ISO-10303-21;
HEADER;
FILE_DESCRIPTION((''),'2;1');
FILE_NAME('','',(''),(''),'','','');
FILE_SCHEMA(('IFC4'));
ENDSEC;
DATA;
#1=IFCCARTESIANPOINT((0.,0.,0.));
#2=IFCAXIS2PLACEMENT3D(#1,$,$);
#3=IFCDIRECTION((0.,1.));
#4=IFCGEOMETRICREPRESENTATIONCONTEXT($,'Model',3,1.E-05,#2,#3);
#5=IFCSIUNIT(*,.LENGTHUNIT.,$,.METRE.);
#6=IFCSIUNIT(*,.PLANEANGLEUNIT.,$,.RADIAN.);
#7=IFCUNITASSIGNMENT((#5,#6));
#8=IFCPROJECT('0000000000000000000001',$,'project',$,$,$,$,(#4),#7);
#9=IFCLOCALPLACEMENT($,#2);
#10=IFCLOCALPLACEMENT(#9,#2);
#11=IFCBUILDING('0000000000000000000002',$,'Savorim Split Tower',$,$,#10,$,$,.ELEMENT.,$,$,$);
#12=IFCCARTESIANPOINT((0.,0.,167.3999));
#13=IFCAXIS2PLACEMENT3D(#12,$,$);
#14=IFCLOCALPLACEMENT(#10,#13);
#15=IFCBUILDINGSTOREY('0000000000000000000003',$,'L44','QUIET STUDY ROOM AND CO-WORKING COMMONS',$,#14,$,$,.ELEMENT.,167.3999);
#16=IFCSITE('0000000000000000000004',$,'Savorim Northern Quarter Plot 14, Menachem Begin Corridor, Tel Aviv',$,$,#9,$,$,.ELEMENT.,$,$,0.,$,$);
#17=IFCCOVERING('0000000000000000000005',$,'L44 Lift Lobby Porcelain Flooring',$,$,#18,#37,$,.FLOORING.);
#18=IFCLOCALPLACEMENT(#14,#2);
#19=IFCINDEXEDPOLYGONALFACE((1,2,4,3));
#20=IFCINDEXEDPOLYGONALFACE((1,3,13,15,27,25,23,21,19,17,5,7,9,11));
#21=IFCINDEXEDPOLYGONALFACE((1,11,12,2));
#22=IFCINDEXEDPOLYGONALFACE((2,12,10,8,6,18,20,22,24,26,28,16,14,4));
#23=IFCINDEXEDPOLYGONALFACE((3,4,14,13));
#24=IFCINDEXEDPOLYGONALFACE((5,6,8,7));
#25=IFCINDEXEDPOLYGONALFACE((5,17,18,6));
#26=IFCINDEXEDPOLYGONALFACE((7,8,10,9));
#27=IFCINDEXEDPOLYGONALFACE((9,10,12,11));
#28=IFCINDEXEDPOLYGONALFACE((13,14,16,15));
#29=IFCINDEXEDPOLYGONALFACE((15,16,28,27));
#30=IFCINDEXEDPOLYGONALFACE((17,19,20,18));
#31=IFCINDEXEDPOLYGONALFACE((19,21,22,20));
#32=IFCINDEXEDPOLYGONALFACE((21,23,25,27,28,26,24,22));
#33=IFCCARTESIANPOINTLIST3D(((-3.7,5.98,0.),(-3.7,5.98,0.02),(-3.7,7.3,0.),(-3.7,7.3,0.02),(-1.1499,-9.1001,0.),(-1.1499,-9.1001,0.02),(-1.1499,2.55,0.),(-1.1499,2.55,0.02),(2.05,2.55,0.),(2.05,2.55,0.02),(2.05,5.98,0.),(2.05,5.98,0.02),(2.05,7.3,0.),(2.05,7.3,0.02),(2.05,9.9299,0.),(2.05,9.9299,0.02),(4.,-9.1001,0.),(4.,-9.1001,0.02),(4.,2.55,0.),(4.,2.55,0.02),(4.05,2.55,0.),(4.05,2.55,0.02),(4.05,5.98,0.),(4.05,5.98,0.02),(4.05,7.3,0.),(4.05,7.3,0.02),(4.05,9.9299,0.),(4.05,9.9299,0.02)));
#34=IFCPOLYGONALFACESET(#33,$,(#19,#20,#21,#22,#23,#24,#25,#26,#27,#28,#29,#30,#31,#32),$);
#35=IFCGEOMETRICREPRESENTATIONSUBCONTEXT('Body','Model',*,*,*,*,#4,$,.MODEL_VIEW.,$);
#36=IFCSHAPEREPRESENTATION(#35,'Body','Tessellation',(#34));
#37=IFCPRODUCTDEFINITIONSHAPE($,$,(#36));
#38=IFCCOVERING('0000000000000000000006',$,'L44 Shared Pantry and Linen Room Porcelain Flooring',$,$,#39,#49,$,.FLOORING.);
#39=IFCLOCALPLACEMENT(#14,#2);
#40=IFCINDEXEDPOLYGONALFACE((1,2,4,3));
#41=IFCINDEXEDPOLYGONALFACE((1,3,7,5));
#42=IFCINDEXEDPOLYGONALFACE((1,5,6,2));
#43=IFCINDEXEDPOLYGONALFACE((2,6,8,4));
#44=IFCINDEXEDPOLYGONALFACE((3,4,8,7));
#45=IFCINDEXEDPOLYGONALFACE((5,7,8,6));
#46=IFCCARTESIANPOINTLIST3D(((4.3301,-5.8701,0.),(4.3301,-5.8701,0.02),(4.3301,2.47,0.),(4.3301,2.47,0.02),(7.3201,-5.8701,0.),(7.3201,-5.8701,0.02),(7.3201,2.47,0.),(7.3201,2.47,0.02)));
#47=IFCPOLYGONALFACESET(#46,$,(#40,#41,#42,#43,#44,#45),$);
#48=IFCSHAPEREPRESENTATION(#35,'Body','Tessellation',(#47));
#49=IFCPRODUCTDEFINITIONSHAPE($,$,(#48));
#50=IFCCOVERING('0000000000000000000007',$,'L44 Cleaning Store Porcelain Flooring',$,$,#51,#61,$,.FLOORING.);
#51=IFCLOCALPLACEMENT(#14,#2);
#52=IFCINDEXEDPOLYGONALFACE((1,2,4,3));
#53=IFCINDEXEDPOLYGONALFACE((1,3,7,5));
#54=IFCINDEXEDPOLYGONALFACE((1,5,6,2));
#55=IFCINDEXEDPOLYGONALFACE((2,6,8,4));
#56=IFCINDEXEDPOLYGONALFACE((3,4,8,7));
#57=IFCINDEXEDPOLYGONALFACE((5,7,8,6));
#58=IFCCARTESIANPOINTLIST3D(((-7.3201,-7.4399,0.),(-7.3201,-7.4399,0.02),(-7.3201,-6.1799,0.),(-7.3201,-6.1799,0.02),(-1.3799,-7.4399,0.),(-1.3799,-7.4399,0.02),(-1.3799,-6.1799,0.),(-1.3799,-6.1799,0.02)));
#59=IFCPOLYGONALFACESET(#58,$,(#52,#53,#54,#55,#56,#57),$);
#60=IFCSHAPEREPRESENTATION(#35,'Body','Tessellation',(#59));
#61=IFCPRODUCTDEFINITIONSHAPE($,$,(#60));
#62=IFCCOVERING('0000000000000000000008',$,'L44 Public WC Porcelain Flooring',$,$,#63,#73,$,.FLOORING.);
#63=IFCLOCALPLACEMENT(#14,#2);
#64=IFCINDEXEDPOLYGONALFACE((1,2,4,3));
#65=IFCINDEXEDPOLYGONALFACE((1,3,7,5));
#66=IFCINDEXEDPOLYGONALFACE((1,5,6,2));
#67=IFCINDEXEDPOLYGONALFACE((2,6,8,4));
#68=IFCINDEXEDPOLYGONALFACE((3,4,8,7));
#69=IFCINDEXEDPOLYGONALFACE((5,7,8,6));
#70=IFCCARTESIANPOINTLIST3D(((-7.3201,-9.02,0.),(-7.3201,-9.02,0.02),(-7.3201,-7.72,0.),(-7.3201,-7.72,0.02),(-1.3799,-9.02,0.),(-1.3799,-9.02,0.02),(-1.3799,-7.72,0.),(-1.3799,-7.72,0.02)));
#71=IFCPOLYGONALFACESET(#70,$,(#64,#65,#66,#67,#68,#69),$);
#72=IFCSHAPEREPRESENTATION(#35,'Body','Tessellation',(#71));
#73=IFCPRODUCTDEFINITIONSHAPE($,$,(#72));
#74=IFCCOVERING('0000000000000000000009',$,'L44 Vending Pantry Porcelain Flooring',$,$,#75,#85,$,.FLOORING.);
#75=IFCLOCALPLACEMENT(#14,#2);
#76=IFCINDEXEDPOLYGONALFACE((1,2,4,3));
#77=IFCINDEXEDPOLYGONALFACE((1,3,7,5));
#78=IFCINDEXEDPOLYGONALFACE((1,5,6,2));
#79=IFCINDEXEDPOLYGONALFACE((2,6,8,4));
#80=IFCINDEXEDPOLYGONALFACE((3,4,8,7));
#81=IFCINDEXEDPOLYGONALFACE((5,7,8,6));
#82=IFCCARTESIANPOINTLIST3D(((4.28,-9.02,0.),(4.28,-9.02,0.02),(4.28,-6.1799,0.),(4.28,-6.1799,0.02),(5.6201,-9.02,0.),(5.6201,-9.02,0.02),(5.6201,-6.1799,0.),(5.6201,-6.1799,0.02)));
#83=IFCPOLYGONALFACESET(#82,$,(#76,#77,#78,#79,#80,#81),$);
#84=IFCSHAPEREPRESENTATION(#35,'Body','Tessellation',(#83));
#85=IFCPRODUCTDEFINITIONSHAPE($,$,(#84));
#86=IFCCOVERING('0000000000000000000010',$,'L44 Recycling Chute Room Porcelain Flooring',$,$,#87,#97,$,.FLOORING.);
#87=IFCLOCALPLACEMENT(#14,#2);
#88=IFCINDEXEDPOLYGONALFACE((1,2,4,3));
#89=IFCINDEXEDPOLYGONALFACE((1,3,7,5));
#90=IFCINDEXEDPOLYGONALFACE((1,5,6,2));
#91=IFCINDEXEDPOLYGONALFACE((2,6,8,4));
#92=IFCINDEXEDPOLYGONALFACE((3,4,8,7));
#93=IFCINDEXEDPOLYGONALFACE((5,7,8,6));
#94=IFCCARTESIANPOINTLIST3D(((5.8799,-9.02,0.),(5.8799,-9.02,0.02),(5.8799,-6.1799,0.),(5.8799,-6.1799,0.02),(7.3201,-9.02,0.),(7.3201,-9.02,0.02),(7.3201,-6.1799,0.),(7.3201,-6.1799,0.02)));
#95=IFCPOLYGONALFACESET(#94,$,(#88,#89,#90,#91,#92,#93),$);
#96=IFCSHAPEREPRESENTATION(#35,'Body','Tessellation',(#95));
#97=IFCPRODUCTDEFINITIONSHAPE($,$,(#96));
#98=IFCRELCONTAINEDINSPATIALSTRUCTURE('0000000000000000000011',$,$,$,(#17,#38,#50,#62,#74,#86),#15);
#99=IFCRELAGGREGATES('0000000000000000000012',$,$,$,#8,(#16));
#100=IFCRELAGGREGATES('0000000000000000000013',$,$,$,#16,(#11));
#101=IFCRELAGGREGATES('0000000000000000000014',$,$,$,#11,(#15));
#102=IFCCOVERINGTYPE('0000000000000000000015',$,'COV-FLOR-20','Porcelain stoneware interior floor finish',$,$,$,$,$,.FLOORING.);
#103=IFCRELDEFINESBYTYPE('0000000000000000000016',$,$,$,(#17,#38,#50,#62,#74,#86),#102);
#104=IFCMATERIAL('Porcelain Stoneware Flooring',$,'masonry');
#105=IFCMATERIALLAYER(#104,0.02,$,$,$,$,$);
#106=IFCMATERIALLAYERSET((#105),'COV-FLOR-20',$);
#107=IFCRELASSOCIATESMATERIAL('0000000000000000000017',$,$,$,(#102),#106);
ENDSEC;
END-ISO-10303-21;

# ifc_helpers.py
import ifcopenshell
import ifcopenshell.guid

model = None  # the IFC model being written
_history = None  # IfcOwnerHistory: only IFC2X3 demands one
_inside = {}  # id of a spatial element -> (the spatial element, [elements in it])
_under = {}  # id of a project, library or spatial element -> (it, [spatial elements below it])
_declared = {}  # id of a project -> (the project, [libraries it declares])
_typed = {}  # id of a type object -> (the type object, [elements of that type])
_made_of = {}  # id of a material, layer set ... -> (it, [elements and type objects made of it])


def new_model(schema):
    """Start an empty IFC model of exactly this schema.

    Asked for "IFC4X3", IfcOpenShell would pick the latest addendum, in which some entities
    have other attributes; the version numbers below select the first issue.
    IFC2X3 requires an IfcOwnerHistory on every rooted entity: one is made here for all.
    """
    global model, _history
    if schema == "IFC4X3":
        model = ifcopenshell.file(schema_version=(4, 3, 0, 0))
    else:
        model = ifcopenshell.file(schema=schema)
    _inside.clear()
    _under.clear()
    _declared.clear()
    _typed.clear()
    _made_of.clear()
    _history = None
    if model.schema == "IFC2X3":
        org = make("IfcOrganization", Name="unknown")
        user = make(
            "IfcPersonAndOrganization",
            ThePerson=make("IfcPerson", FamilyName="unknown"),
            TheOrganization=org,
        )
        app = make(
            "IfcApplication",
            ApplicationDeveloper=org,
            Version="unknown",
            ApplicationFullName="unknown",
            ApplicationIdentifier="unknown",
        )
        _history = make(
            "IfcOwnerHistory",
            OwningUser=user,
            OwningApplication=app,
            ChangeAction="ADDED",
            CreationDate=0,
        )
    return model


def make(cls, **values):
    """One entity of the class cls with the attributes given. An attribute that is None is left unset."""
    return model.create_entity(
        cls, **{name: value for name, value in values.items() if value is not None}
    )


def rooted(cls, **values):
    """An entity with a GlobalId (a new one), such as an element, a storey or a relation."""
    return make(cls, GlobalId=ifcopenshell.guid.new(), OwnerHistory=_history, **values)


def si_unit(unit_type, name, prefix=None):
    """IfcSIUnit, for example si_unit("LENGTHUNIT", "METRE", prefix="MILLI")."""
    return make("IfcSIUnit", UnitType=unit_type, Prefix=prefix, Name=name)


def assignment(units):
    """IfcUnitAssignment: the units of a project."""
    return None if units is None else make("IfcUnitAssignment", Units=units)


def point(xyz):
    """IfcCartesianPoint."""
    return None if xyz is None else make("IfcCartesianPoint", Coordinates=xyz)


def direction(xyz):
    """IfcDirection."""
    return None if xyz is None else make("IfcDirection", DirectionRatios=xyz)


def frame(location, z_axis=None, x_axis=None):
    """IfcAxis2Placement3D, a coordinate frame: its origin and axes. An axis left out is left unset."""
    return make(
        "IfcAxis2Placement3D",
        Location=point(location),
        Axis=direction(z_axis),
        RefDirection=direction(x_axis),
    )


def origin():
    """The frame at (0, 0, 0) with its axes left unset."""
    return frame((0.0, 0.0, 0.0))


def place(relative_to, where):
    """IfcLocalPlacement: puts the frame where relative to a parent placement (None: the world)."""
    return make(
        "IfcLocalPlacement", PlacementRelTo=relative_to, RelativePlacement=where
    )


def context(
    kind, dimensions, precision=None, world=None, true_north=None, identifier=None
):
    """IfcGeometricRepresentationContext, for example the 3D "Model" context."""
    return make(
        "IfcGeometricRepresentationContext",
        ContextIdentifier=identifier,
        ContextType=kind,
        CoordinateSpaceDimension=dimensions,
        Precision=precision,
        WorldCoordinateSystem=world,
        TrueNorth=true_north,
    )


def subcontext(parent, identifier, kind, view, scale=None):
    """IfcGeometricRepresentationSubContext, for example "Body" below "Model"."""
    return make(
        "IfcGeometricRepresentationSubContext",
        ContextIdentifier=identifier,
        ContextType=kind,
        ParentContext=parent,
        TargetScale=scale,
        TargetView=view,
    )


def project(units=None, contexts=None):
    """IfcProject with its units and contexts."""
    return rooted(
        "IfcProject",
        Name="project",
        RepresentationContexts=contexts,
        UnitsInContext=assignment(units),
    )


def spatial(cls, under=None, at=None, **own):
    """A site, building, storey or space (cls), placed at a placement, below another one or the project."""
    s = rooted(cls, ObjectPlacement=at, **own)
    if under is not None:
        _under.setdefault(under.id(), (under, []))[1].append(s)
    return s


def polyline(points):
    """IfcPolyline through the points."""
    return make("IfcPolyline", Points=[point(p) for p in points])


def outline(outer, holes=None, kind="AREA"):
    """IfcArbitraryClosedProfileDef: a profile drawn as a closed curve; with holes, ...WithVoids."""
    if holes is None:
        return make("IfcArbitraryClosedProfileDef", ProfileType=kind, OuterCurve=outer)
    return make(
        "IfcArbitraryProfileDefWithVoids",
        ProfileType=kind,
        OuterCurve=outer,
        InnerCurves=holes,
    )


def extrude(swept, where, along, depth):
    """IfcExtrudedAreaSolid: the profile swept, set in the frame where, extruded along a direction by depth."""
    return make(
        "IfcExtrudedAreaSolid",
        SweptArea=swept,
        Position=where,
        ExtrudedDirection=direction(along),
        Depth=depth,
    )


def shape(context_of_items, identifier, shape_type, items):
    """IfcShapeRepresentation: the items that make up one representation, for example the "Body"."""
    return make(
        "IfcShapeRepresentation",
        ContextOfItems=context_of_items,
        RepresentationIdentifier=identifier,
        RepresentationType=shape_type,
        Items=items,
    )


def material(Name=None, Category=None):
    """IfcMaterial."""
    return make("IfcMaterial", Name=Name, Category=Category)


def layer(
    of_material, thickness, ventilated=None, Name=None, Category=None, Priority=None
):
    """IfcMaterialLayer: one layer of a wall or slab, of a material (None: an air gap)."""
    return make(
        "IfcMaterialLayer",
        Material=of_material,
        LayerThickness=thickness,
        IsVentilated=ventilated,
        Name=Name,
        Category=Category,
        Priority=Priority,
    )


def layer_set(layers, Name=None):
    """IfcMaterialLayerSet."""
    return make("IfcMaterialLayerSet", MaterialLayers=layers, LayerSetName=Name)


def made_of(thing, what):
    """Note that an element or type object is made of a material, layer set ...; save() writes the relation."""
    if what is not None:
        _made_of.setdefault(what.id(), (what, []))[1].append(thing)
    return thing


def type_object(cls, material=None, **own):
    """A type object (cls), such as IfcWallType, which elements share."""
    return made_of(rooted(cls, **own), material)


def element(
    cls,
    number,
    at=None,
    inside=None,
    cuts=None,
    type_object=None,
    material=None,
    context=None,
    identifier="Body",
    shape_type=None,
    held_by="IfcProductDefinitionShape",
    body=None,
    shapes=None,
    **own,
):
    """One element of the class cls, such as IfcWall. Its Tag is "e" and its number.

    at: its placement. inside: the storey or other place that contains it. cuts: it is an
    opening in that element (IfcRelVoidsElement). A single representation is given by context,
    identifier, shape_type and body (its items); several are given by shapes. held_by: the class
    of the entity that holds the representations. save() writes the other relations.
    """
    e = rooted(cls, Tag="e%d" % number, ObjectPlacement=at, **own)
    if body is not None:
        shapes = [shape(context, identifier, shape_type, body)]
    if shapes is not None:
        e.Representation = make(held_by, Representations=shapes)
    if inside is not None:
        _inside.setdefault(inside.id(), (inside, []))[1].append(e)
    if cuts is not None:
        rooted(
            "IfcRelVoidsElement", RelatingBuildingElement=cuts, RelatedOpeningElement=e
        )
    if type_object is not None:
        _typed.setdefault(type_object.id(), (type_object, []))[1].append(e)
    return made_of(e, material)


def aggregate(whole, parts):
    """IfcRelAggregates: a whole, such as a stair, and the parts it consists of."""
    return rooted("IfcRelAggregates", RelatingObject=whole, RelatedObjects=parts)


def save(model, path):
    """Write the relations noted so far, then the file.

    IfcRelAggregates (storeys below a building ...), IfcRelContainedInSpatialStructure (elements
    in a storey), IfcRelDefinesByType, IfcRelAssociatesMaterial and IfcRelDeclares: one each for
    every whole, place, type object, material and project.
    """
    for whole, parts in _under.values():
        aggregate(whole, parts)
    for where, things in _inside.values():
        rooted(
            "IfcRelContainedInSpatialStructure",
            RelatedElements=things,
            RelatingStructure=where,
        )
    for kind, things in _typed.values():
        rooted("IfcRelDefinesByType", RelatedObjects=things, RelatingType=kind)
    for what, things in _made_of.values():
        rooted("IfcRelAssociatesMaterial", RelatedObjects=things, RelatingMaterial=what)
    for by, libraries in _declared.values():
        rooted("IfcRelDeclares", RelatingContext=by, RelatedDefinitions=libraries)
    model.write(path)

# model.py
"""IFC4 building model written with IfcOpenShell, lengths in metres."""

from ifc_helpers import new_model, si_unit, direction, frame, origin, place, context, subcontext, project, spatial, polyline, outline, extrude, material, layer, layer_set, type_object, element, save


model = new_model("IFC4")

# Units and contexts
model_context = context("Model", 3, precision=1e-05, world=origin(), true_north=direction((0.0, 1.0)))
body_context = subcontext(model_context, "Body", "Model", "MODEL_VIEW")
ifc_project = project(units=[si_unit("LENGTHUNIT", "METRE"), si_unit("PLANEANGLEUNIT", "RADIAN")], contexts=[model_context])

# Site, building, storey
site_placement = place(None, origin())
site = spatial("IfcSite", under=ifc_project, at=site_placement, Name="Savorim Northern Quarter Plot 14, Menachem Begin Corridor, Tel Aviv", CompositionType="ELEMENT", RefElevation=0.0)
building_placement = place(site_placement, origin())
building = spatial("IfcBuilding", under=site, at=building_placement, Name="Savorim Split Tower", CompositionType="ELEMENT")
storey_placement = place(building_placement, frame((0.0, 0.0, 167.3999)))
storey = spatial("IfcBuildingStorey", under=building, at=storey_placement, Name="L44", Description="QUIET STUDY ROOM AND CO-WORKING COMMONS", CompositionType="ELEMENT", Elevation=167.3999)

# Coverings
ifc_material_1 = material(Name="Porcelain Stoneware Flooring", Category="masonry")
ifc_layer_1 = layer(ifc_material_1, 0.02)
ifc_layer_set_1 = layer_set([ifc_layer_1], Name="COV-FLOR-20")
covering_type_1 = type_object("IfcCoveringType", Name="COV-FLOR-20", Description="Porcelain stoneware interior floor finish", PredefinedType="FLOORING", material=ifc_layer_set_1)
covering_1_placement = place(storey_placement, origin())
element("IfcCovering", 1, at=covering_1_placement, inside=storey, type_object=covering_type_1, Name="L44 Lift Lobby Porcelain Flooring", PredefinedType="FLOORING", context=body_context, shape_type="SweptSolid", body=[
    extrude(outline(polyline([(2.05, 2.55), (-1.1499, 2.55), (-1.1499, -9.1001), (4.0, -9.1001), (4.0, 2.55), (4.05, 2.55), (4.05, 5.98), (4.05, 7.3), (4.05, 9.9299), (2.05, 9.9299), (2.05, 7.3), (-3.7, 7.3), (-3.7, 5.98), (2.05, 5.98), (2.05, 2.55)])), origin(), (0.0, 0.0, 1.0), 0.02),
])
covering_2_placement = place(storey_placement, origin())
element("IfcCovering", 2, at=covering_2_placement, inside=storey, type_object=covering_type_1, Name="L44 Shared Pantry and Linen Room Porcelain Flooring", PredefinedType="FLOORING", context=body_context, shape_type="SweptSolid", body=[
    extrude(outline(polyline([(4.3301, 2.47), (4.3301, -5.8701), (7.3201, -5.8701), (7.3201, 2.47), (4.3301, 2.47)])), origin(), (0.0, 0.0, 1.0), 0.02),
])
covering_3_placement = place(storey_placement, origin())
element("IfcCovering", 3, at=covering_3_placement, inside=storey, type_object=covering_type_1, Name="L44 Cleaning Store Porcelain Flooring", PredefinedType="FLOORING", context=body_context, shape_type="SweptSolid", body=[
    extrude(outline(polyline([(-7.3201, -6.1799), (-7.3201, -7.4399), (-1.3799, -7.4399), (-1.3799, -6.1799), (-7.3201, -6.1799)])), origin(), (0.0, 0.0, 1.0), 0.02),
])
covering_4_placement = place(storey_placement, origin())
element("IfcCovering", 4, at=covering_4_placement, inside=storey, type_object=covering_type_1, Name="L44 Public WC Porcelain Flooring", PredefinedType="FLOORING", context=body_context, shape_type="SweptSolid", body=[
    extrude(outline(polyline([(-7.3201, -7.72), (-7.3201, -9.02), (-1.3799, -9.02), (-1.3799, -7.72), (-7.3201, -7.72)])), origin(), (0.0, 0.0, 1.0), 0.02),
])
covering_5_placement = place(storey_placement, origin())
element("IfcCovering", 5, at=covering_5_placement, inside=storey, type_object=covering_type_1, Name="L44 Vending Pantry Porcelain Flooring", PredefinedType="FLOORING", context=body_context, shape_type="SweptSolid", body=[
    extrude(outline(polyline([(4.28, -6.1799), (4.28, -9.02), (5.6201, -9.02), (5.6201, -6.1799), (4.28, -6.1799)])), origin(), (0.0, 0.0, 1.0), 0.02),
])
covering_6_placement = place(storey_placement, origin())
element("IfcCovering", 6, at=covering_6_placement, inside=storey, type_object=covering_type_1, Name="L44 Recycling Chute Room Porcelain Flooring", PredefinedType="FLOORING", context=body_context, shape_type="SweptSolid", body=[
    extrude(outline(polyline([(5.8799, -6.1799), (5.8799, -9.02), (7.3201, -9.02), (7.3201, -6.1799), (5.8799, -6.1799)])), origin(), (0.0, 0.0, 1.0), 0.02),
])

save(model, "model.ifc")
